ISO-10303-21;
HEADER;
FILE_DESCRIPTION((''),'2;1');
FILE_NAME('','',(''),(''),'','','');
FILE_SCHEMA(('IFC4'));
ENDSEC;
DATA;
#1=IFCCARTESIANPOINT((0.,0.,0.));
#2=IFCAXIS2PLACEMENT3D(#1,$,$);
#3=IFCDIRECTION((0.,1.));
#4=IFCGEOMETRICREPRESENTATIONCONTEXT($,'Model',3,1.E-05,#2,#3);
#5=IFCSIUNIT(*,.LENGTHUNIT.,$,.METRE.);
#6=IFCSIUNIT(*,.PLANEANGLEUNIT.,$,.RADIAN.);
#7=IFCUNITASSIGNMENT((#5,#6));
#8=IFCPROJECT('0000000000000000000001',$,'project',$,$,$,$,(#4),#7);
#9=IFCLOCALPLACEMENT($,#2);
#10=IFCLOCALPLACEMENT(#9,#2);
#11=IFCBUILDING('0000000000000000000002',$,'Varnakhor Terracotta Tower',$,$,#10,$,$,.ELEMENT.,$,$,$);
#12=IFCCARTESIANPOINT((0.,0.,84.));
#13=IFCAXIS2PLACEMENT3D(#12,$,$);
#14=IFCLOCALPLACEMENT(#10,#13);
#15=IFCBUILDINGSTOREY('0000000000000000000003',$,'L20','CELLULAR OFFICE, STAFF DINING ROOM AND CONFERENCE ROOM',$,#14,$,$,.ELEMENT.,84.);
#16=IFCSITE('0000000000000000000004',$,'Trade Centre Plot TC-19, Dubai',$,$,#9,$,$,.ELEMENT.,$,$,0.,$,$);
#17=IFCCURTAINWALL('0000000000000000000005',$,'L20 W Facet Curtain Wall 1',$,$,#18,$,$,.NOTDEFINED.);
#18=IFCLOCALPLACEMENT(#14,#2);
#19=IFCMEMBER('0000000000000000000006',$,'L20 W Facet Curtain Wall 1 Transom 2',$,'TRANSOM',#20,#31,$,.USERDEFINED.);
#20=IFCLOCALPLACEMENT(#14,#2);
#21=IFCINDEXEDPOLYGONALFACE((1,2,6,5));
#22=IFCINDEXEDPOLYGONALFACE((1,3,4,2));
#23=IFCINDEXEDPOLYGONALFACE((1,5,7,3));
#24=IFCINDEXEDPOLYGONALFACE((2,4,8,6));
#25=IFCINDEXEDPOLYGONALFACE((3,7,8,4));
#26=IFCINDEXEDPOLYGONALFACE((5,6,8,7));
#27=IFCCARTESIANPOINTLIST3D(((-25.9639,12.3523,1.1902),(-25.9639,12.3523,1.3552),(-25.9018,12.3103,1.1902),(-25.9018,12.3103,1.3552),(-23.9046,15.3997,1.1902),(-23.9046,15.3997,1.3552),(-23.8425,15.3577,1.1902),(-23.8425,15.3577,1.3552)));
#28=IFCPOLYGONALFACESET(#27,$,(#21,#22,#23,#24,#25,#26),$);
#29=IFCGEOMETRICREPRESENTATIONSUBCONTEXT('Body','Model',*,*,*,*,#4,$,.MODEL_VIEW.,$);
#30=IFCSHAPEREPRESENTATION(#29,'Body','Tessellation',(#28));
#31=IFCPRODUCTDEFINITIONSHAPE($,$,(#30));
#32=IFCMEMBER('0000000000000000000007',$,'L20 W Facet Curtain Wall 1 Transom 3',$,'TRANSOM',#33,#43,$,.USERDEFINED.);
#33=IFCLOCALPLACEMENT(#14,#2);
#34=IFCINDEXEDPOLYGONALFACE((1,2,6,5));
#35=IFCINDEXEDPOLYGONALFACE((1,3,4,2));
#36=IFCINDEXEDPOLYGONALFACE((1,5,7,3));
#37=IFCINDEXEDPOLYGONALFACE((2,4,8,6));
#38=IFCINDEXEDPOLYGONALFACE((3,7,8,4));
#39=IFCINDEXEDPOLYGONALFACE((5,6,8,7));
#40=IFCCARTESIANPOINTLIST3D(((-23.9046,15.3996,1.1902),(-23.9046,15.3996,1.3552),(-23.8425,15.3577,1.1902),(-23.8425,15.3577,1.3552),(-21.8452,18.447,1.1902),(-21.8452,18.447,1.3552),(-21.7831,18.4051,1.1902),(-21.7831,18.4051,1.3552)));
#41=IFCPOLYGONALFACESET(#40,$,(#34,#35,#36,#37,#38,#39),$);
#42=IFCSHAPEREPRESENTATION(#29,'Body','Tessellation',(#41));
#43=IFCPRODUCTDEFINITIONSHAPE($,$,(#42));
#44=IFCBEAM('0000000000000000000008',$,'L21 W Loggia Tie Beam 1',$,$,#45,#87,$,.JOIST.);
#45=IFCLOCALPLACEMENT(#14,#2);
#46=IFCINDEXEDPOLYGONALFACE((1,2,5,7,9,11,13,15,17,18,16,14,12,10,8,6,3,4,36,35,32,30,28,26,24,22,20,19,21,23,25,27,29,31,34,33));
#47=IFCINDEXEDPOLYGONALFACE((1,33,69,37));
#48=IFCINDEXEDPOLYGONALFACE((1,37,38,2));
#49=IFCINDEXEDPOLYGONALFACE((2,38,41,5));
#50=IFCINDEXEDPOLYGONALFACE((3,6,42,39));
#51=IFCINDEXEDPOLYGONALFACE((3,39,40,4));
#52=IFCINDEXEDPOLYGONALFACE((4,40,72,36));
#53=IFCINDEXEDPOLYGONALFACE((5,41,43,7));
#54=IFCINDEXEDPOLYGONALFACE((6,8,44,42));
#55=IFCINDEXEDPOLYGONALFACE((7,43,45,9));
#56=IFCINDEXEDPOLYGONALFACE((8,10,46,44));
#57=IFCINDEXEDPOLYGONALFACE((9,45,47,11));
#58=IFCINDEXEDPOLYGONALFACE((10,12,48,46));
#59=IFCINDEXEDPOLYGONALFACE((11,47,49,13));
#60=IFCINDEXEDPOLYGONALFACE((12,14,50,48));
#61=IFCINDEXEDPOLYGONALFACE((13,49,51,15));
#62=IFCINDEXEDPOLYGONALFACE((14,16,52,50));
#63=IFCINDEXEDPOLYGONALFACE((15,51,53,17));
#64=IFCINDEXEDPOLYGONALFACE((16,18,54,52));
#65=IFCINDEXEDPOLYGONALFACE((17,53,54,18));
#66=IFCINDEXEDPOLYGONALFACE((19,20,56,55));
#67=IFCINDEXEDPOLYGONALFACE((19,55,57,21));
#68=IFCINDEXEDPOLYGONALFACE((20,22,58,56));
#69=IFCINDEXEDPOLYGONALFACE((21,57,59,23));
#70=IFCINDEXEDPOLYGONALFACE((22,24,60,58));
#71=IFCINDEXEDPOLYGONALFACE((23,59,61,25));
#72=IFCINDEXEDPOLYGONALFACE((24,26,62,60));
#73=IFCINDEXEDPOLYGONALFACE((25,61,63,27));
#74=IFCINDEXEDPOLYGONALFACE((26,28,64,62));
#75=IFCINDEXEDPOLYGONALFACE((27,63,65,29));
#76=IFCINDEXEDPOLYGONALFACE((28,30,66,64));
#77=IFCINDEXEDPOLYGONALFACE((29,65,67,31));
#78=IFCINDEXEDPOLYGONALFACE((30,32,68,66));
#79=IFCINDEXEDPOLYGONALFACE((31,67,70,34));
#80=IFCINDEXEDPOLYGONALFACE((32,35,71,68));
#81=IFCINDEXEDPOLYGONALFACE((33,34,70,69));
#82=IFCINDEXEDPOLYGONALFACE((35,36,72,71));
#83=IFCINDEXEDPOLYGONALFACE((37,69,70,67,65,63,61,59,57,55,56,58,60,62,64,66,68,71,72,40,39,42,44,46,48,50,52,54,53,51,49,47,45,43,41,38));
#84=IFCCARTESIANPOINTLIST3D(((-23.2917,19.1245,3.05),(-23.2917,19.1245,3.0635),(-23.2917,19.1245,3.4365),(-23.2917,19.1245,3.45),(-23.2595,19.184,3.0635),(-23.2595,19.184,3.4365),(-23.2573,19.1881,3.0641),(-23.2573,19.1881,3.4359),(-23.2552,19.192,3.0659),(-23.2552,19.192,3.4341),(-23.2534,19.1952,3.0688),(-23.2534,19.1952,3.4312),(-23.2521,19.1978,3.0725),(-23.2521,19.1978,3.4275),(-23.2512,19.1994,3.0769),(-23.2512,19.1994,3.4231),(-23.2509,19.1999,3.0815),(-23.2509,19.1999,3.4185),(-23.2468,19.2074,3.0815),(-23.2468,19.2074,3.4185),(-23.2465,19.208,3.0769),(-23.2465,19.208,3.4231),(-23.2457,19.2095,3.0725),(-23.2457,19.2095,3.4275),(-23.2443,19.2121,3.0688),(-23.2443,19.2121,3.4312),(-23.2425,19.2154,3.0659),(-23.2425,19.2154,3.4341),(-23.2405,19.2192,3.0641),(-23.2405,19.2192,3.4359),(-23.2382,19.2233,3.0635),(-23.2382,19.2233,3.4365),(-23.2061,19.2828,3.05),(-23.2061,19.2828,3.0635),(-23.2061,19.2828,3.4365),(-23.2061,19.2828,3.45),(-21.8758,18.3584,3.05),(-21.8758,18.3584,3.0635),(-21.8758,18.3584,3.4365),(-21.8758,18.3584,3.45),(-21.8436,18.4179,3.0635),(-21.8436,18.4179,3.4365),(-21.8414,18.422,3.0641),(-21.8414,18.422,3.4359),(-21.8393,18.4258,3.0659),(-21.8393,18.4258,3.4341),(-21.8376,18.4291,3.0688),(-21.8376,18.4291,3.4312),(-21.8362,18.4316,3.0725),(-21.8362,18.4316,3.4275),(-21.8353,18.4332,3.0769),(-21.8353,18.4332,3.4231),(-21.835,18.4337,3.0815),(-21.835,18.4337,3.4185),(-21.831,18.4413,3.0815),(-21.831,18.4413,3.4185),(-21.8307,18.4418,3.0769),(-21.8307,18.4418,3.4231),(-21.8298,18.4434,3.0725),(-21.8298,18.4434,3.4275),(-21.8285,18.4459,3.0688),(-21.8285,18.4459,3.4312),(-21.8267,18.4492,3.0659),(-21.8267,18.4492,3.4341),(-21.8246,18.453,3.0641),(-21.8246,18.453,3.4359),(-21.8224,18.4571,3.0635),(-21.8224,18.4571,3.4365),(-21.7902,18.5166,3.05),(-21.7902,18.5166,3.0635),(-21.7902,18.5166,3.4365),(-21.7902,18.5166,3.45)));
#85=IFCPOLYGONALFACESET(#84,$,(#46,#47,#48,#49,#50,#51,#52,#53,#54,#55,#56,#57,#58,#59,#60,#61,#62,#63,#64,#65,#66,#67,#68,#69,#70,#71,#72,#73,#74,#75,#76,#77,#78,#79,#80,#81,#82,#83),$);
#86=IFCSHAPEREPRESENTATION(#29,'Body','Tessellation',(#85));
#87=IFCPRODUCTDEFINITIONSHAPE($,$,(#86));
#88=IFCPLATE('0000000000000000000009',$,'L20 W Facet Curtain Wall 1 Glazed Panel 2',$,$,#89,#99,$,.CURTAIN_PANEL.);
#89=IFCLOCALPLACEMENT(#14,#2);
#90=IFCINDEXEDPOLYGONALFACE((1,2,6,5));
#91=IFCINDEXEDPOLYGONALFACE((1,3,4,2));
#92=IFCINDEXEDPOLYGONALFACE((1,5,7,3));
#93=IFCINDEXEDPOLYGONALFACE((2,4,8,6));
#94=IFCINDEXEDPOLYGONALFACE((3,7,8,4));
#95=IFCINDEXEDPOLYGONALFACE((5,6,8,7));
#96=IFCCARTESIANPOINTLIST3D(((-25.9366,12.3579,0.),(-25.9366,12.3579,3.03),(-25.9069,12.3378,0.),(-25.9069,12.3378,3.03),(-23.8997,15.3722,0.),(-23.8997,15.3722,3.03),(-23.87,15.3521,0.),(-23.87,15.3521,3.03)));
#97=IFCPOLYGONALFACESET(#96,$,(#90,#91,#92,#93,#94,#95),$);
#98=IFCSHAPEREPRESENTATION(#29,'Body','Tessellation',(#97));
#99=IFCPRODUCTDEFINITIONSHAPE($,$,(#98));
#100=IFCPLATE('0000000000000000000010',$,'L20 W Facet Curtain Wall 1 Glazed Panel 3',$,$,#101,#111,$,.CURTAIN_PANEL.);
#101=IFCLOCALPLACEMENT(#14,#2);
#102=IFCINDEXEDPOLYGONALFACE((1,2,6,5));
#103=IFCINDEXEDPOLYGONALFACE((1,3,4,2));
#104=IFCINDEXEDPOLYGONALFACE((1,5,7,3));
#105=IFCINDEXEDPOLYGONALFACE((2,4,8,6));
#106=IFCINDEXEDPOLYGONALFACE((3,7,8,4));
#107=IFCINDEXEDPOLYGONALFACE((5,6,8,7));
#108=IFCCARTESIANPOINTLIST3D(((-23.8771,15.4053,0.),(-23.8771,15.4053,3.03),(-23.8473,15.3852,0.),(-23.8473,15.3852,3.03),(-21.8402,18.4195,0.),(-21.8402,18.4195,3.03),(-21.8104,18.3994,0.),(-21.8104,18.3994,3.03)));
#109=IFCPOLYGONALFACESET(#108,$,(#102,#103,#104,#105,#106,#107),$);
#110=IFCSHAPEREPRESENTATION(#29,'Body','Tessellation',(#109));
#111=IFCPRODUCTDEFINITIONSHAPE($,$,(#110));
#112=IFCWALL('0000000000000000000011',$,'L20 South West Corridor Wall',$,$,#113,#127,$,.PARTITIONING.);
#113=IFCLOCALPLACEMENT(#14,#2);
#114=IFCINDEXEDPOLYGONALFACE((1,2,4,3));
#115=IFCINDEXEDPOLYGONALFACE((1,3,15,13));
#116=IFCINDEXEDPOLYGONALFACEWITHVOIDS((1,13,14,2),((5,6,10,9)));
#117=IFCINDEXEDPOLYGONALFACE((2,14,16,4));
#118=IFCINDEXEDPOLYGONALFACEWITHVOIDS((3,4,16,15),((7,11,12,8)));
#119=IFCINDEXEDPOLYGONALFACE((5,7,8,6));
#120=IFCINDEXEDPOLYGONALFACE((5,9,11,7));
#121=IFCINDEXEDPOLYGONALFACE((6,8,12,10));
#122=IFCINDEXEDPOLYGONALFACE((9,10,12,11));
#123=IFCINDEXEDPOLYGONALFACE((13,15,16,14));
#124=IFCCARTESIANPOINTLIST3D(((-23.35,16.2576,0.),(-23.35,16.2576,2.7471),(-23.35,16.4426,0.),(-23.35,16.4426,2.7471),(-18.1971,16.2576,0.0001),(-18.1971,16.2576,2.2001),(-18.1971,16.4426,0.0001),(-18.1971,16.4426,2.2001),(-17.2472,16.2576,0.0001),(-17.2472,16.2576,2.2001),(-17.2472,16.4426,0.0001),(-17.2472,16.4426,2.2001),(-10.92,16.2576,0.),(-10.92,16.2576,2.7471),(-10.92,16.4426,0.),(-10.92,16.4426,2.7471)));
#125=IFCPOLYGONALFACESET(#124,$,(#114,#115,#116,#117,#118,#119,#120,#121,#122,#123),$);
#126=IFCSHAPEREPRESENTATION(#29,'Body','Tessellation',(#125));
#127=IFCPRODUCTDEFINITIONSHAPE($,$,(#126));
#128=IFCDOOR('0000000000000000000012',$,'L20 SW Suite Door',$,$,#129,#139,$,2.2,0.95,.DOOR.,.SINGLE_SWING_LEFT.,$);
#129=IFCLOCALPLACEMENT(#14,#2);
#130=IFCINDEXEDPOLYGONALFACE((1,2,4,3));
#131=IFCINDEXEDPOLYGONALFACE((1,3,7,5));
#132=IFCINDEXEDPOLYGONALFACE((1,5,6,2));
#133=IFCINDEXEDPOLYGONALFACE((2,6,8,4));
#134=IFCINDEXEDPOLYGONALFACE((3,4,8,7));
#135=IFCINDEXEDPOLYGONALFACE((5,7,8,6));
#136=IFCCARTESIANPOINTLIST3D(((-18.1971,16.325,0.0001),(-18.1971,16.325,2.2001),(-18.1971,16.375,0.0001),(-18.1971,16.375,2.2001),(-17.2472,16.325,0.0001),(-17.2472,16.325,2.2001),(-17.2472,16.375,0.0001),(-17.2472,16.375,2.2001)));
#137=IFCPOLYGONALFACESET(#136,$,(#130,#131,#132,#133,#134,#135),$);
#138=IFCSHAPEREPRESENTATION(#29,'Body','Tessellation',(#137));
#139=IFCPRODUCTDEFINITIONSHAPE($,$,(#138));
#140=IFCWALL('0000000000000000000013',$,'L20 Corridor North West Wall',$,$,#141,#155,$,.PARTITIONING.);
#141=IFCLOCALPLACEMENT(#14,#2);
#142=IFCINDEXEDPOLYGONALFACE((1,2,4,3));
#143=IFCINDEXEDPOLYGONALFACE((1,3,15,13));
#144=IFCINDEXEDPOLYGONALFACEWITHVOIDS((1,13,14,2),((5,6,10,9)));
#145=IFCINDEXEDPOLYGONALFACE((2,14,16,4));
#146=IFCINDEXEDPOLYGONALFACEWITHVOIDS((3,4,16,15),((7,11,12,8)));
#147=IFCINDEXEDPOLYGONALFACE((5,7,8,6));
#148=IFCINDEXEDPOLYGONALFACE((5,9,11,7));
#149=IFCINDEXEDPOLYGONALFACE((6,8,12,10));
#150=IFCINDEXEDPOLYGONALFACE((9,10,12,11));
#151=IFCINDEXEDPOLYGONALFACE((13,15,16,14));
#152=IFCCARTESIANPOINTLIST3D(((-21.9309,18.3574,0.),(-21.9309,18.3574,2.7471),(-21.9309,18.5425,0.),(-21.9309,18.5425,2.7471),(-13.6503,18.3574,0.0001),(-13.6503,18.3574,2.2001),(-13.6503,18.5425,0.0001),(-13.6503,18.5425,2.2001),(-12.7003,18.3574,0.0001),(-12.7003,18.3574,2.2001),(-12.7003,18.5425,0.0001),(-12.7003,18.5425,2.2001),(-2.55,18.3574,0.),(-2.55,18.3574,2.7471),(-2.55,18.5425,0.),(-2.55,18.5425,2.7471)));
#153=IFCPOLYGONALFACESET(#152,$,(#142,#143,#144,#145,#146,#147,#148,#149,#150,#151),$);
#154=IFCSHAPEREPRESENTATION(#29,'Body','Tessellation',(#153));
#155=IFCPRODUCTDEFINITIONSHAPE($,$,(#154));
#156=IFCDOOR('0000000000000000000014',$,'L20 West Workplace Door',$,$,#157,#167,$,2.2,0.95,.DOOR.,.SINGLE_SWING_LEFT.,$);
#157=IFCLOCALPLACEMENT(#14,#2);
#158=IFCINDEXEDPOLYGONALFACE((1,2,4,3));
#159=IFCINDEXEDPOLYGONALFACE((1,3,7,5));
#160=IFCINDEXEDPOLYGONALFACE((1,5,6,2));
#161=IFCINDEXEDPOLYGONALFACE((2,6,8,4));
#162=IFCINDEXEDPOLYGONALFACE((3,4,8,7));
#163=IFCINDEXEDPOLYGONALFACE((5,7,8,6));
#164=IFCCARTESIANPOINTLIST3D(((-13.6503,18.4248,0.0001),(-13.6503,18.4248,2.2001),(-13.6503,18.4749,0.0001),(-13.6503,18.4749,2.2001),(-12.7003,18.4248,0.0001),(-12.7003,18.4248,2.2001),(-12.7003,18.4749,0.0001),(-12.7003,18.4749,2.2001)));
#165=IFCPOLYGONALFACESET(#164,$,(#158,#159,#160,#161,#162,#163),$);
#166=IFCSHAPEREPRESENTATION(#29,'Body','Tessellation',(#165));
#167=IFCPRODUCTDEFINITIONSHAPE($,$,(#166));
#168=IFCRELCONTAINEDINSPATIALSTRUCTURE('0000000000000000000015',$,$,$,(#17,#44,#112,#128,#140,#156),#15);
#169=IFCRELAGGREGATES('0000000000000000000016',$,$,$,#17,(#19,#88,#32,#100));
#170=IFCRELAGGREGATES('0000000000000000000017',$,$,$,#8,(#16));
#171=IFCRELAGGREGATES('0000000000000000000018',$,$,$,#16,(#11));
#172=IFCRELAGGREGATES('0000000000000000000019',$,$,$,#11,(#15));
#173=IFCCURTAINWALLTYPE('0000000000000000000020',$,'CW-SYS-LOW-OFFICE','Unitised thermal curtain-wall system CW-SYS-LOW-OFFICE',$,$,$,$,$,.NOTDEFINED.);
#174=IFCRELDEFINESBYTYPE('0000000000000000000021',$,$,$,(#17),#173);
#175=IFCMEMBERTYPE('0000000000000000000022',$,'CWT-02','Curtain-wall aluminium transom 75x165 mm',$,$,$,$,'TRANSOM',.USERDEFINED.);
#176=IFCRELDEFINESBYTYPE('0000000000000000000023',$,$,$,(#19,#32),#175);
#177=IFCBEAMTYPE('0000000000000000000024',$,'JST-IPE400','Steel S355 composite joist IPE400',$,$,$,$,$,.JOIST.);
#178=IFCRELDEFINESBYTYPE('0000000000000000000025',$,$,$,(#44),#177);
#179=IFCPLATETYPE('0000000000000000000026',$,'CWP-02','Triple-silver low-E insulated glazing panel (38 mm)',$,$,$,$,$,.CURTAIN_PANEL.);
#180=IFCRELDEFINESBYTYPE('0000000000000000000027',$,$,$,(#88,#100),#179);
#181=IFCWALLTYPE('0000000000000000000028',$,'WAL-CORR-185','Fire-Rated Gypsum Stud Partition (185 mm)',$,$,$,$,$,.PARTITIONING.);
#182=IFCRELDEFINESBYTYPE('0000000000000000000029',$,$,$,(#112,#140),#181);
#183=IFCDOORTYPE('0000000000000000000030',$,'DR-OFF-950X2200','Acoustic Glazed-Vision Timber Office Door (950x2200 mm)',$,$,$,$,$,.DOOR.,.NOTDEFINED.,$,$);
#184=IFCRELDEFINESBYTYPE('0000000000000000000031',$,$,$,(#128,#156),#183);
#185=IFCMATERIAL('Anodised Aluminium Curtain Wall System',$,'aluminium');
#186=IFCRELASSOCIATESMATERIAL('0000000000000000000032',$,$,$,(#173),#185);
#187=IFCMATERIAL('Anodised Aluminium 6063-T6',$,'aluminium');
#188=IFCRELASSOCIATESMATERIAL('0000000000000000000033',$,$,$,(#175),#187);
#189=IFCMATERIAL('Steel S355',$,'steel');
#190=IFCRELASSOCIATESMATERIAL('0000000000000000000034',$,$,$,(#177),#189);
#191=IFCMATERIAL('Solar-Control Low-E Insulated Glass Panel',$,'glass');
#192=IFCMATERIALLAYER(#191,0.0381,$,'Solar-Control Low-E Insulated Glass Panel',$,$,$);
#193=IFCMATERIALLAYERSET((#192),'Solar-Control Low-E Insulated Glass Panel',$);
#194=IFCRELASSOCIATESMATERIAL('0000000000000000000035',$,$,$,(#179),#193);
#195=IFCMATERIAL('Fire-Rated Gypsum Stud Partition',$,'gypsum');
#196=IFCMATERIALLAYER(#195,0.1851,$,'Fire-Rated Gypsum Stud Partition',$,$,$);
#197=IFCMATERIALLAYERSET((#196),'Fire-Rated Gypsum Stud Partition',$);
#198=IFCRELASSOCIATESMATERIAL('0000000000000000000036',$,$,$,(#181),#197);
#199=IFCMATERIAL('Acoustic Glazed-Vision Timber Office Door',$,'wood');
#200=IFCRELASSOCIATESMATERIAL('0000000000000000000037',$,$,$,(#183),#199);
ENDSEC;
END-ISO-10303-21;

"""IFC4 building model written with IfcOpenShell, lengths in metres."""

from ifc_helpers import new_model, si_unit, direction, frame, frame_2d, origin, origin_2d, place, context, subcontext, project, spatial, rectangle, i_section, extrude, source, transform, mapped, material, layer, layer_set, material_profile, profile_set, type_object, type_shapes, element, fill, aggregate, save


model = new_model("IFC4")

# Units and contexts
model_context = context("Model", 3, precision=1e-05, world=origin(), true_north=direction((0.0, 1.0)))
body_context = subcontext(model_context, "Body", "Model", "MODEL_VIEW")
ifc_project = project(units=[si_unit("LENGTHUNIT", "METRE"), si_unit("PLANEANGLEUNIT", "RADIAN")], contexts=[model_context])

# Site, building, storey
site_placement = place(None, origin())
site = spatial("IfcSite", under=ifc_project, at=site_placement, Name="Trade Centre Plot TC-19, Dubai", CompositionType="ELEMENT", RefElevation=0.0)
building_placement = place(site_placement, origin())
building = spatial("IfcBuilding", under=site, at=building_placement, Name="Varnakhor Terracotta Tower", CompositionType="ELEMENT")
storey_placement = place(building_placement, frame((0.0, 0.0, 84.0)))
storey = spatial("IfcBuildingStorey", under=building, at=storey_placement, Name="L20", Description="CELLULAR OFFICE, STAFF DINING ROOM AND CONFERENCE ROOM", CompositionType="ELEMENT", Elevation=84.0)

# Shared definitions
ifc_material_1 = material(Name="Steel S355", Category="steel")

# Curtain wall, members
ifc_material_2 = material(Name="Anodised Aluminium Curtain Wall System", Category="aluminium")
curtain_wall_type = type_object("IfcCurtainWallType", Name="CW-SYS-LOW-OFFICE", Description="Unitised thermal curtain-wall system CW-SYS-LOW-OFFICE", PredefinedType="NOTDEFINED", material=ifc_material_2)
curtain_wall_placement = place(storey_placement, origin())
curtain_wall = element("IfcCurtainWall", 1, at=curtain_wall_placement, inside=storey, type_object=curtain_wall_type, Name="L20 W Facet Curtain Wall 1", PredefinedType="NOTDEFINED")
ifc_material_3 = material(Name="Anodised Aluminium 6063-T6", Category="aluminium")
ifc_material_profile_1 = material_profile(ifc_material_3, rectangle(XDim=0.075, YDim=0.165, at=origin_2d()), Name="ALU TRANSOM 75x165")
ifc_profile_set_1 = profile_set([ifc_material_profile_1], Name="Anodised Aluminium 6063-T6")
member_type_1 = type_object("IfcMemberType", Name="CWT-02", Description="Curtain-wall aluminium transom 75x165 mm", ElementType="TRANSOM", PredefinedType="USERDEFINED", material=ifc_profile_set_1)
shared_shape_1 = source(origin(), body_context, "Body", "SweptSolid", [
    extrude(rectangle(XDim=0.075, YDim=0.165, at=origin_2d()), origin(), (0.0, 0.0, 1.0), 3.678),
])
member_1_placement = place(storey_placement, frame((-25.9329, 12.3313, 1.2727), z_axis=(0.559913, 0.828552, 0.0), x_axis=(-0.828552, 0.559913, 0.0)))
member_1 = element("IfcMember", 2, at=member_1_placement, type_object=member_type_1, Name="L20 W Facet Curtain Wall 1 Transom 2", ObjectType="TRANSOM", PredefinedType="USERDEFINED", context=body_context, shape_type="MappedRepresentation", body=[
    mapped(shared_shape_1, transform((0.0, 0.0, 0.0), scale=1.0)),
])
member_2_placement = place(storey_placement, frame((-23.8735, 15.3787, 1.2727), z_axis=(0.559913, 0.828552, 0.0), x_axis=(-0.828552, 0.559913, 0.0)))
member_2 = element("IfcMember", 3, at=member_2_placement, type_object=member_type_1, Name="L20 W Facet Curtain Wall 1 Transom 3", ObjectType="TRANSOM", PredefinedType="USERDEFINED", context=body_context, shape_type="MappedRepresentation", body=[
    mapped(shared_shape_1, transform((0.0, 0.0, 0.0), scale=1.0)),
])

# Beam
ifc_material_profile_2 = material_profile(ifc_material_1, i_section(OverallWidth=0.1799, OverallDepth=0.3999, WebThickness=0.0085, FlangeThickness=0.0134, FilletRadius=0.0181, at=origin_2d()), Name="IPE400")
ifc_profile_set_2 = profile_set([ifc_material_profile_2], Name="Steel S355")
beam_type_1 = type_object("IfcBeamType", Name="JST-IPE400", Description="Steel S355 composite joist IPE400", PredefinedType="JOIST", material=ifc_profile_set_2)
shared_shape_2 = source(origin(), body_context, "Body", "SweptSolid", [
    extrude(i_section(OverallWidth=0.1799, OverallDepth=0.3999, WebThickness=0.0085, FlangeThickness=0.0134, FilletRadius=0.0181, at=origin_2d()), origin(), (0.0, 0.0, 1.0), 1.6099),
])
beam_1_placement = place(storey_placement, frame((-21.833, 18.4375, 3.25), z_axis=(-0.87949, 0.475917, 0.0), x_axis=(-0.475917, -0.87949, 0.0)))
element("IfcBeam", 4, at=beam_1_placement, inside=storey, type_object=beam_type_1, Name="L21 W Loggia Tie Beam 1", PredefinedType="JOIST", context=body_context, shape_type="MappedRepresentation", body=[
    mapped(shared_shape_2, transform((0.0, 0.0, 0.0), scale=1.0)),
])

# Plates
ifc_material_4 = material(Name="Solar-Control Low-E Insulated Glass Panel", Category="glass")
ifc_layer_1 = layer(ifc_material_4, 0.0381, Name="Solar-Control Low-E Insulated Glass Panel")
ifc_layer_set_1 = layer_set([ifc_layer_1], Name="Solar-Control Low-E Insulated Glass Panel")
plate_type = type_object("IfcPlateType", Name="CWP-02", Description="Triple-silver low-E insulated glazing panel (38 mm)", PredefinedType="CURTAIN_PANEL", material=ifc_layer_set_1)
shared_shape_3 = source(origin(), body_context, "Body", "SweptSolid", [
    extrude(rectangle(XDim=3.6379, YDim=0.0359, at=origin_2d()), origin(), (0.0, 0.0, 1.0), 3.03),
])
plate_1_placement = place(storey_placement, frame((-24.9033, 13.855, 0.0), z_axis=(0.0, 0.0, 1.0), x_axis=(0.559902, 0.828559, 0.0)))
plate_1 = element("IfcPlate", 5, at=plate_1_placement, type_object=plate_type, Name="L20 W Facet Curtain Wall 1 Glazed Panel 2", PredefinedType="CURTAIN_PANEL", context=body_context, shape_type="MappedRepresentation", body=[
    mapped(shared_shape_3, transform((0.0, 0.0, 0.0), scale=1.0)),
])
plate_2_placement = place(storey_placement, frame((-22.8438, 16.9023, 0.0), z_axis=(0.0, 0.0, 1.0), x_axis=(0.559902, 0.828559, 0.0)))
plate_2 = element("IfcPlate", 6, at=plate_2_placement, type_object=plate_type, Name="L20 W Facet Curtain Wall 1 Glazed Panel 3", PredefinedType="CURTAIN_PANEL", context=body_context, shape_type="MappedRepresentation", body=[
    mapped(shared_shape_3, transform((0.0, 0.0, 0.0), scale=1.0)),
])
aggregate(curtain_wall, [member_1, plate_1, member_2, plate_2])

# Walls, openings, doors
ifc_material_5 = material(Name="Fire-Rated Gypsum Stud Partition", Category="gypsum")
ifc_layer_2 = layer(ifc_material_5, 0.1851, Name="Fire-Rated Gypsum Stud Partition")
ifc_layer_set_2 = layer_set([ifc_layer_2], Name="Fire-Rated Gypsum Stud Partition")
wall_type_1 = type_object("IfcWallType", Name="WAL-CORR-185", Description="Fire-Rated Gypsum Stud Partition (185 mm)", PredefinedType="PARTITIONING", material=ifc_layer_set_2)
wall_1_placement = place(storey_placement, frame((-23.3499, 16.3501, 0.0), z_axis=(0.0, 0.0, 1.0), x_axis=(1.0, 0.0, 0.0)))
wall_1 = element("IfcWall", 7, at=wall_1_placement, inside=storey, type_object=wall_type_1, Name="L20 South West Corridor Wall", PredefinedType="PARTITIONING", context=body_context, shape_type="SweptSolid", body=[
    extrude(rectangle(XDim=12.4299, YDim=0.1851, at=frame_2d((6.2148, 0.0))), origin(), (0.0, 0.0, 1.0), 2.7471),
])
opening_1_placement = place(wall_1_placement, frame((5.1526, 0.0, 0.0)))
opening_1 = element("IfcOpeningElement", 8, at=opening_1_placement, cuts=wall_1, PredefinedType="OPENING", context=body_context, shape_type="SweptSolid", body=[
    extrude(rectangle(XDim=0.95, YDim=2.2, at=frame_2d((0.4751, 1.1001))), frame((0.0, 0.1025, 0.0), z_axis=(0.0, -1.0, 0.0), x_axis=(1.0, 0.0, 0.0)), (0.0, 0.0, 1.0), 0.2051),
])
ifc_material_6 = material(Name="Acoustic Glazed-Vision Timber Office Door", Category="wood")
door_type_1 = type_object("IfcDoorType", Name="DR-OFF-950X2200", Description="Acoustic Glazed-Vision Timber Office Door (950x2200 mm)", OperationType="NOTDEFINED", PredefinedType="DOOR", material=ifc_material_6)
shared_shape_4 = source(origin(), body_context, "Body", "SweptSolid", [
    extrude(rectangle(XDim=0.95, YDim=2.2, at=frame_2d((0.4751, 1.1001))), frame((0.0, 0.0249, 0.0), z_axis=(0.0, -1.0, 0.0), x_axis=(1.0, 0.0, 0.0)), (0.0, 0.0, 1.0), 0.05),
])
type_shapes(door_type_1, [shared_shape_4])
door_1_placement = place(opening_1_placement, origin())
door_1 = element("IfcDoor", 9, at=door_1_placement, inside=storey, type_object=door_type_1, Name="L20 SW Suite Door", OperationType="SINGLE_SWING_LEFT", OverallHeight=2.2, OverallWidth=0.95, PredefinedType="DOOR", context=body_context, shape_type="MappedRepresentation", body=[
    mapped(shared_shape_4, transform((0.0, 0.0, 0.0), scale=1.0)),
])
fill(opening_1, door_1)
wall_2_placement = place(storey_placement, frame((-21.9309, 18.45, 0.0), z_axis=(0.0, 0.0, 1.0), x_axis=(1.0, 0.0, 0.0)))
wall_2 = element("IfcWall", 10, at=wall_2_placement, inside=storey, type_object=wall_type_1, Name="L20 Corridor North West Wall", PredefinedType="PARTITIONING", context=body_context, shape_type="SweptSolid", body=[
    extrude(rectangle(XDim=19.3809, YDim=0.1851, at=frame_2d((9.6904, 0.0))), origin(), (0.0, 0.0, 1.0), 2.7471),
])
opening_2_placement = place(wall_2_placement, frame((8.2805, 0.0, 0.0)))
opening_2 = element("IfcOpeningElement", 11, at=opening_2_placement, cuts=wall_2, PredefinedType="OPENING", context=body_context, shape_type="SweptSolid", body=[
    extrude(rectangle(XDim=0.95, YDim=2.2, at=frame_2d((0.4751, 1.1001))), frame((0.0, 0.1025, 0.0), z_axis=(0.0, -1.0, 0.0), x_axis=(1.0, 0.0, 0.0)), (0.0, 0.0, 1.0), 0.2051),
])
door_2_placement = place(opening_2_placement, origin())
door_2 = element("IfcDoor", 12, at=door_2_placement, inside=storey, type_object=door_type_1, Name="L20 West Workplace Door", OperationType="SINGLE_SWING_LEFT", OverallHeight=2.2, OverallWidth=0.95, PredefinedType="DOOR", context=body_context, shape_type="MappedRepresentation", body=[
    mapped(shared_shape_4, transform((0.0, 0.0, 0.0), scale=1.0)),
])
fill(opening_2, door_2)

save(model, "model.ifc")
